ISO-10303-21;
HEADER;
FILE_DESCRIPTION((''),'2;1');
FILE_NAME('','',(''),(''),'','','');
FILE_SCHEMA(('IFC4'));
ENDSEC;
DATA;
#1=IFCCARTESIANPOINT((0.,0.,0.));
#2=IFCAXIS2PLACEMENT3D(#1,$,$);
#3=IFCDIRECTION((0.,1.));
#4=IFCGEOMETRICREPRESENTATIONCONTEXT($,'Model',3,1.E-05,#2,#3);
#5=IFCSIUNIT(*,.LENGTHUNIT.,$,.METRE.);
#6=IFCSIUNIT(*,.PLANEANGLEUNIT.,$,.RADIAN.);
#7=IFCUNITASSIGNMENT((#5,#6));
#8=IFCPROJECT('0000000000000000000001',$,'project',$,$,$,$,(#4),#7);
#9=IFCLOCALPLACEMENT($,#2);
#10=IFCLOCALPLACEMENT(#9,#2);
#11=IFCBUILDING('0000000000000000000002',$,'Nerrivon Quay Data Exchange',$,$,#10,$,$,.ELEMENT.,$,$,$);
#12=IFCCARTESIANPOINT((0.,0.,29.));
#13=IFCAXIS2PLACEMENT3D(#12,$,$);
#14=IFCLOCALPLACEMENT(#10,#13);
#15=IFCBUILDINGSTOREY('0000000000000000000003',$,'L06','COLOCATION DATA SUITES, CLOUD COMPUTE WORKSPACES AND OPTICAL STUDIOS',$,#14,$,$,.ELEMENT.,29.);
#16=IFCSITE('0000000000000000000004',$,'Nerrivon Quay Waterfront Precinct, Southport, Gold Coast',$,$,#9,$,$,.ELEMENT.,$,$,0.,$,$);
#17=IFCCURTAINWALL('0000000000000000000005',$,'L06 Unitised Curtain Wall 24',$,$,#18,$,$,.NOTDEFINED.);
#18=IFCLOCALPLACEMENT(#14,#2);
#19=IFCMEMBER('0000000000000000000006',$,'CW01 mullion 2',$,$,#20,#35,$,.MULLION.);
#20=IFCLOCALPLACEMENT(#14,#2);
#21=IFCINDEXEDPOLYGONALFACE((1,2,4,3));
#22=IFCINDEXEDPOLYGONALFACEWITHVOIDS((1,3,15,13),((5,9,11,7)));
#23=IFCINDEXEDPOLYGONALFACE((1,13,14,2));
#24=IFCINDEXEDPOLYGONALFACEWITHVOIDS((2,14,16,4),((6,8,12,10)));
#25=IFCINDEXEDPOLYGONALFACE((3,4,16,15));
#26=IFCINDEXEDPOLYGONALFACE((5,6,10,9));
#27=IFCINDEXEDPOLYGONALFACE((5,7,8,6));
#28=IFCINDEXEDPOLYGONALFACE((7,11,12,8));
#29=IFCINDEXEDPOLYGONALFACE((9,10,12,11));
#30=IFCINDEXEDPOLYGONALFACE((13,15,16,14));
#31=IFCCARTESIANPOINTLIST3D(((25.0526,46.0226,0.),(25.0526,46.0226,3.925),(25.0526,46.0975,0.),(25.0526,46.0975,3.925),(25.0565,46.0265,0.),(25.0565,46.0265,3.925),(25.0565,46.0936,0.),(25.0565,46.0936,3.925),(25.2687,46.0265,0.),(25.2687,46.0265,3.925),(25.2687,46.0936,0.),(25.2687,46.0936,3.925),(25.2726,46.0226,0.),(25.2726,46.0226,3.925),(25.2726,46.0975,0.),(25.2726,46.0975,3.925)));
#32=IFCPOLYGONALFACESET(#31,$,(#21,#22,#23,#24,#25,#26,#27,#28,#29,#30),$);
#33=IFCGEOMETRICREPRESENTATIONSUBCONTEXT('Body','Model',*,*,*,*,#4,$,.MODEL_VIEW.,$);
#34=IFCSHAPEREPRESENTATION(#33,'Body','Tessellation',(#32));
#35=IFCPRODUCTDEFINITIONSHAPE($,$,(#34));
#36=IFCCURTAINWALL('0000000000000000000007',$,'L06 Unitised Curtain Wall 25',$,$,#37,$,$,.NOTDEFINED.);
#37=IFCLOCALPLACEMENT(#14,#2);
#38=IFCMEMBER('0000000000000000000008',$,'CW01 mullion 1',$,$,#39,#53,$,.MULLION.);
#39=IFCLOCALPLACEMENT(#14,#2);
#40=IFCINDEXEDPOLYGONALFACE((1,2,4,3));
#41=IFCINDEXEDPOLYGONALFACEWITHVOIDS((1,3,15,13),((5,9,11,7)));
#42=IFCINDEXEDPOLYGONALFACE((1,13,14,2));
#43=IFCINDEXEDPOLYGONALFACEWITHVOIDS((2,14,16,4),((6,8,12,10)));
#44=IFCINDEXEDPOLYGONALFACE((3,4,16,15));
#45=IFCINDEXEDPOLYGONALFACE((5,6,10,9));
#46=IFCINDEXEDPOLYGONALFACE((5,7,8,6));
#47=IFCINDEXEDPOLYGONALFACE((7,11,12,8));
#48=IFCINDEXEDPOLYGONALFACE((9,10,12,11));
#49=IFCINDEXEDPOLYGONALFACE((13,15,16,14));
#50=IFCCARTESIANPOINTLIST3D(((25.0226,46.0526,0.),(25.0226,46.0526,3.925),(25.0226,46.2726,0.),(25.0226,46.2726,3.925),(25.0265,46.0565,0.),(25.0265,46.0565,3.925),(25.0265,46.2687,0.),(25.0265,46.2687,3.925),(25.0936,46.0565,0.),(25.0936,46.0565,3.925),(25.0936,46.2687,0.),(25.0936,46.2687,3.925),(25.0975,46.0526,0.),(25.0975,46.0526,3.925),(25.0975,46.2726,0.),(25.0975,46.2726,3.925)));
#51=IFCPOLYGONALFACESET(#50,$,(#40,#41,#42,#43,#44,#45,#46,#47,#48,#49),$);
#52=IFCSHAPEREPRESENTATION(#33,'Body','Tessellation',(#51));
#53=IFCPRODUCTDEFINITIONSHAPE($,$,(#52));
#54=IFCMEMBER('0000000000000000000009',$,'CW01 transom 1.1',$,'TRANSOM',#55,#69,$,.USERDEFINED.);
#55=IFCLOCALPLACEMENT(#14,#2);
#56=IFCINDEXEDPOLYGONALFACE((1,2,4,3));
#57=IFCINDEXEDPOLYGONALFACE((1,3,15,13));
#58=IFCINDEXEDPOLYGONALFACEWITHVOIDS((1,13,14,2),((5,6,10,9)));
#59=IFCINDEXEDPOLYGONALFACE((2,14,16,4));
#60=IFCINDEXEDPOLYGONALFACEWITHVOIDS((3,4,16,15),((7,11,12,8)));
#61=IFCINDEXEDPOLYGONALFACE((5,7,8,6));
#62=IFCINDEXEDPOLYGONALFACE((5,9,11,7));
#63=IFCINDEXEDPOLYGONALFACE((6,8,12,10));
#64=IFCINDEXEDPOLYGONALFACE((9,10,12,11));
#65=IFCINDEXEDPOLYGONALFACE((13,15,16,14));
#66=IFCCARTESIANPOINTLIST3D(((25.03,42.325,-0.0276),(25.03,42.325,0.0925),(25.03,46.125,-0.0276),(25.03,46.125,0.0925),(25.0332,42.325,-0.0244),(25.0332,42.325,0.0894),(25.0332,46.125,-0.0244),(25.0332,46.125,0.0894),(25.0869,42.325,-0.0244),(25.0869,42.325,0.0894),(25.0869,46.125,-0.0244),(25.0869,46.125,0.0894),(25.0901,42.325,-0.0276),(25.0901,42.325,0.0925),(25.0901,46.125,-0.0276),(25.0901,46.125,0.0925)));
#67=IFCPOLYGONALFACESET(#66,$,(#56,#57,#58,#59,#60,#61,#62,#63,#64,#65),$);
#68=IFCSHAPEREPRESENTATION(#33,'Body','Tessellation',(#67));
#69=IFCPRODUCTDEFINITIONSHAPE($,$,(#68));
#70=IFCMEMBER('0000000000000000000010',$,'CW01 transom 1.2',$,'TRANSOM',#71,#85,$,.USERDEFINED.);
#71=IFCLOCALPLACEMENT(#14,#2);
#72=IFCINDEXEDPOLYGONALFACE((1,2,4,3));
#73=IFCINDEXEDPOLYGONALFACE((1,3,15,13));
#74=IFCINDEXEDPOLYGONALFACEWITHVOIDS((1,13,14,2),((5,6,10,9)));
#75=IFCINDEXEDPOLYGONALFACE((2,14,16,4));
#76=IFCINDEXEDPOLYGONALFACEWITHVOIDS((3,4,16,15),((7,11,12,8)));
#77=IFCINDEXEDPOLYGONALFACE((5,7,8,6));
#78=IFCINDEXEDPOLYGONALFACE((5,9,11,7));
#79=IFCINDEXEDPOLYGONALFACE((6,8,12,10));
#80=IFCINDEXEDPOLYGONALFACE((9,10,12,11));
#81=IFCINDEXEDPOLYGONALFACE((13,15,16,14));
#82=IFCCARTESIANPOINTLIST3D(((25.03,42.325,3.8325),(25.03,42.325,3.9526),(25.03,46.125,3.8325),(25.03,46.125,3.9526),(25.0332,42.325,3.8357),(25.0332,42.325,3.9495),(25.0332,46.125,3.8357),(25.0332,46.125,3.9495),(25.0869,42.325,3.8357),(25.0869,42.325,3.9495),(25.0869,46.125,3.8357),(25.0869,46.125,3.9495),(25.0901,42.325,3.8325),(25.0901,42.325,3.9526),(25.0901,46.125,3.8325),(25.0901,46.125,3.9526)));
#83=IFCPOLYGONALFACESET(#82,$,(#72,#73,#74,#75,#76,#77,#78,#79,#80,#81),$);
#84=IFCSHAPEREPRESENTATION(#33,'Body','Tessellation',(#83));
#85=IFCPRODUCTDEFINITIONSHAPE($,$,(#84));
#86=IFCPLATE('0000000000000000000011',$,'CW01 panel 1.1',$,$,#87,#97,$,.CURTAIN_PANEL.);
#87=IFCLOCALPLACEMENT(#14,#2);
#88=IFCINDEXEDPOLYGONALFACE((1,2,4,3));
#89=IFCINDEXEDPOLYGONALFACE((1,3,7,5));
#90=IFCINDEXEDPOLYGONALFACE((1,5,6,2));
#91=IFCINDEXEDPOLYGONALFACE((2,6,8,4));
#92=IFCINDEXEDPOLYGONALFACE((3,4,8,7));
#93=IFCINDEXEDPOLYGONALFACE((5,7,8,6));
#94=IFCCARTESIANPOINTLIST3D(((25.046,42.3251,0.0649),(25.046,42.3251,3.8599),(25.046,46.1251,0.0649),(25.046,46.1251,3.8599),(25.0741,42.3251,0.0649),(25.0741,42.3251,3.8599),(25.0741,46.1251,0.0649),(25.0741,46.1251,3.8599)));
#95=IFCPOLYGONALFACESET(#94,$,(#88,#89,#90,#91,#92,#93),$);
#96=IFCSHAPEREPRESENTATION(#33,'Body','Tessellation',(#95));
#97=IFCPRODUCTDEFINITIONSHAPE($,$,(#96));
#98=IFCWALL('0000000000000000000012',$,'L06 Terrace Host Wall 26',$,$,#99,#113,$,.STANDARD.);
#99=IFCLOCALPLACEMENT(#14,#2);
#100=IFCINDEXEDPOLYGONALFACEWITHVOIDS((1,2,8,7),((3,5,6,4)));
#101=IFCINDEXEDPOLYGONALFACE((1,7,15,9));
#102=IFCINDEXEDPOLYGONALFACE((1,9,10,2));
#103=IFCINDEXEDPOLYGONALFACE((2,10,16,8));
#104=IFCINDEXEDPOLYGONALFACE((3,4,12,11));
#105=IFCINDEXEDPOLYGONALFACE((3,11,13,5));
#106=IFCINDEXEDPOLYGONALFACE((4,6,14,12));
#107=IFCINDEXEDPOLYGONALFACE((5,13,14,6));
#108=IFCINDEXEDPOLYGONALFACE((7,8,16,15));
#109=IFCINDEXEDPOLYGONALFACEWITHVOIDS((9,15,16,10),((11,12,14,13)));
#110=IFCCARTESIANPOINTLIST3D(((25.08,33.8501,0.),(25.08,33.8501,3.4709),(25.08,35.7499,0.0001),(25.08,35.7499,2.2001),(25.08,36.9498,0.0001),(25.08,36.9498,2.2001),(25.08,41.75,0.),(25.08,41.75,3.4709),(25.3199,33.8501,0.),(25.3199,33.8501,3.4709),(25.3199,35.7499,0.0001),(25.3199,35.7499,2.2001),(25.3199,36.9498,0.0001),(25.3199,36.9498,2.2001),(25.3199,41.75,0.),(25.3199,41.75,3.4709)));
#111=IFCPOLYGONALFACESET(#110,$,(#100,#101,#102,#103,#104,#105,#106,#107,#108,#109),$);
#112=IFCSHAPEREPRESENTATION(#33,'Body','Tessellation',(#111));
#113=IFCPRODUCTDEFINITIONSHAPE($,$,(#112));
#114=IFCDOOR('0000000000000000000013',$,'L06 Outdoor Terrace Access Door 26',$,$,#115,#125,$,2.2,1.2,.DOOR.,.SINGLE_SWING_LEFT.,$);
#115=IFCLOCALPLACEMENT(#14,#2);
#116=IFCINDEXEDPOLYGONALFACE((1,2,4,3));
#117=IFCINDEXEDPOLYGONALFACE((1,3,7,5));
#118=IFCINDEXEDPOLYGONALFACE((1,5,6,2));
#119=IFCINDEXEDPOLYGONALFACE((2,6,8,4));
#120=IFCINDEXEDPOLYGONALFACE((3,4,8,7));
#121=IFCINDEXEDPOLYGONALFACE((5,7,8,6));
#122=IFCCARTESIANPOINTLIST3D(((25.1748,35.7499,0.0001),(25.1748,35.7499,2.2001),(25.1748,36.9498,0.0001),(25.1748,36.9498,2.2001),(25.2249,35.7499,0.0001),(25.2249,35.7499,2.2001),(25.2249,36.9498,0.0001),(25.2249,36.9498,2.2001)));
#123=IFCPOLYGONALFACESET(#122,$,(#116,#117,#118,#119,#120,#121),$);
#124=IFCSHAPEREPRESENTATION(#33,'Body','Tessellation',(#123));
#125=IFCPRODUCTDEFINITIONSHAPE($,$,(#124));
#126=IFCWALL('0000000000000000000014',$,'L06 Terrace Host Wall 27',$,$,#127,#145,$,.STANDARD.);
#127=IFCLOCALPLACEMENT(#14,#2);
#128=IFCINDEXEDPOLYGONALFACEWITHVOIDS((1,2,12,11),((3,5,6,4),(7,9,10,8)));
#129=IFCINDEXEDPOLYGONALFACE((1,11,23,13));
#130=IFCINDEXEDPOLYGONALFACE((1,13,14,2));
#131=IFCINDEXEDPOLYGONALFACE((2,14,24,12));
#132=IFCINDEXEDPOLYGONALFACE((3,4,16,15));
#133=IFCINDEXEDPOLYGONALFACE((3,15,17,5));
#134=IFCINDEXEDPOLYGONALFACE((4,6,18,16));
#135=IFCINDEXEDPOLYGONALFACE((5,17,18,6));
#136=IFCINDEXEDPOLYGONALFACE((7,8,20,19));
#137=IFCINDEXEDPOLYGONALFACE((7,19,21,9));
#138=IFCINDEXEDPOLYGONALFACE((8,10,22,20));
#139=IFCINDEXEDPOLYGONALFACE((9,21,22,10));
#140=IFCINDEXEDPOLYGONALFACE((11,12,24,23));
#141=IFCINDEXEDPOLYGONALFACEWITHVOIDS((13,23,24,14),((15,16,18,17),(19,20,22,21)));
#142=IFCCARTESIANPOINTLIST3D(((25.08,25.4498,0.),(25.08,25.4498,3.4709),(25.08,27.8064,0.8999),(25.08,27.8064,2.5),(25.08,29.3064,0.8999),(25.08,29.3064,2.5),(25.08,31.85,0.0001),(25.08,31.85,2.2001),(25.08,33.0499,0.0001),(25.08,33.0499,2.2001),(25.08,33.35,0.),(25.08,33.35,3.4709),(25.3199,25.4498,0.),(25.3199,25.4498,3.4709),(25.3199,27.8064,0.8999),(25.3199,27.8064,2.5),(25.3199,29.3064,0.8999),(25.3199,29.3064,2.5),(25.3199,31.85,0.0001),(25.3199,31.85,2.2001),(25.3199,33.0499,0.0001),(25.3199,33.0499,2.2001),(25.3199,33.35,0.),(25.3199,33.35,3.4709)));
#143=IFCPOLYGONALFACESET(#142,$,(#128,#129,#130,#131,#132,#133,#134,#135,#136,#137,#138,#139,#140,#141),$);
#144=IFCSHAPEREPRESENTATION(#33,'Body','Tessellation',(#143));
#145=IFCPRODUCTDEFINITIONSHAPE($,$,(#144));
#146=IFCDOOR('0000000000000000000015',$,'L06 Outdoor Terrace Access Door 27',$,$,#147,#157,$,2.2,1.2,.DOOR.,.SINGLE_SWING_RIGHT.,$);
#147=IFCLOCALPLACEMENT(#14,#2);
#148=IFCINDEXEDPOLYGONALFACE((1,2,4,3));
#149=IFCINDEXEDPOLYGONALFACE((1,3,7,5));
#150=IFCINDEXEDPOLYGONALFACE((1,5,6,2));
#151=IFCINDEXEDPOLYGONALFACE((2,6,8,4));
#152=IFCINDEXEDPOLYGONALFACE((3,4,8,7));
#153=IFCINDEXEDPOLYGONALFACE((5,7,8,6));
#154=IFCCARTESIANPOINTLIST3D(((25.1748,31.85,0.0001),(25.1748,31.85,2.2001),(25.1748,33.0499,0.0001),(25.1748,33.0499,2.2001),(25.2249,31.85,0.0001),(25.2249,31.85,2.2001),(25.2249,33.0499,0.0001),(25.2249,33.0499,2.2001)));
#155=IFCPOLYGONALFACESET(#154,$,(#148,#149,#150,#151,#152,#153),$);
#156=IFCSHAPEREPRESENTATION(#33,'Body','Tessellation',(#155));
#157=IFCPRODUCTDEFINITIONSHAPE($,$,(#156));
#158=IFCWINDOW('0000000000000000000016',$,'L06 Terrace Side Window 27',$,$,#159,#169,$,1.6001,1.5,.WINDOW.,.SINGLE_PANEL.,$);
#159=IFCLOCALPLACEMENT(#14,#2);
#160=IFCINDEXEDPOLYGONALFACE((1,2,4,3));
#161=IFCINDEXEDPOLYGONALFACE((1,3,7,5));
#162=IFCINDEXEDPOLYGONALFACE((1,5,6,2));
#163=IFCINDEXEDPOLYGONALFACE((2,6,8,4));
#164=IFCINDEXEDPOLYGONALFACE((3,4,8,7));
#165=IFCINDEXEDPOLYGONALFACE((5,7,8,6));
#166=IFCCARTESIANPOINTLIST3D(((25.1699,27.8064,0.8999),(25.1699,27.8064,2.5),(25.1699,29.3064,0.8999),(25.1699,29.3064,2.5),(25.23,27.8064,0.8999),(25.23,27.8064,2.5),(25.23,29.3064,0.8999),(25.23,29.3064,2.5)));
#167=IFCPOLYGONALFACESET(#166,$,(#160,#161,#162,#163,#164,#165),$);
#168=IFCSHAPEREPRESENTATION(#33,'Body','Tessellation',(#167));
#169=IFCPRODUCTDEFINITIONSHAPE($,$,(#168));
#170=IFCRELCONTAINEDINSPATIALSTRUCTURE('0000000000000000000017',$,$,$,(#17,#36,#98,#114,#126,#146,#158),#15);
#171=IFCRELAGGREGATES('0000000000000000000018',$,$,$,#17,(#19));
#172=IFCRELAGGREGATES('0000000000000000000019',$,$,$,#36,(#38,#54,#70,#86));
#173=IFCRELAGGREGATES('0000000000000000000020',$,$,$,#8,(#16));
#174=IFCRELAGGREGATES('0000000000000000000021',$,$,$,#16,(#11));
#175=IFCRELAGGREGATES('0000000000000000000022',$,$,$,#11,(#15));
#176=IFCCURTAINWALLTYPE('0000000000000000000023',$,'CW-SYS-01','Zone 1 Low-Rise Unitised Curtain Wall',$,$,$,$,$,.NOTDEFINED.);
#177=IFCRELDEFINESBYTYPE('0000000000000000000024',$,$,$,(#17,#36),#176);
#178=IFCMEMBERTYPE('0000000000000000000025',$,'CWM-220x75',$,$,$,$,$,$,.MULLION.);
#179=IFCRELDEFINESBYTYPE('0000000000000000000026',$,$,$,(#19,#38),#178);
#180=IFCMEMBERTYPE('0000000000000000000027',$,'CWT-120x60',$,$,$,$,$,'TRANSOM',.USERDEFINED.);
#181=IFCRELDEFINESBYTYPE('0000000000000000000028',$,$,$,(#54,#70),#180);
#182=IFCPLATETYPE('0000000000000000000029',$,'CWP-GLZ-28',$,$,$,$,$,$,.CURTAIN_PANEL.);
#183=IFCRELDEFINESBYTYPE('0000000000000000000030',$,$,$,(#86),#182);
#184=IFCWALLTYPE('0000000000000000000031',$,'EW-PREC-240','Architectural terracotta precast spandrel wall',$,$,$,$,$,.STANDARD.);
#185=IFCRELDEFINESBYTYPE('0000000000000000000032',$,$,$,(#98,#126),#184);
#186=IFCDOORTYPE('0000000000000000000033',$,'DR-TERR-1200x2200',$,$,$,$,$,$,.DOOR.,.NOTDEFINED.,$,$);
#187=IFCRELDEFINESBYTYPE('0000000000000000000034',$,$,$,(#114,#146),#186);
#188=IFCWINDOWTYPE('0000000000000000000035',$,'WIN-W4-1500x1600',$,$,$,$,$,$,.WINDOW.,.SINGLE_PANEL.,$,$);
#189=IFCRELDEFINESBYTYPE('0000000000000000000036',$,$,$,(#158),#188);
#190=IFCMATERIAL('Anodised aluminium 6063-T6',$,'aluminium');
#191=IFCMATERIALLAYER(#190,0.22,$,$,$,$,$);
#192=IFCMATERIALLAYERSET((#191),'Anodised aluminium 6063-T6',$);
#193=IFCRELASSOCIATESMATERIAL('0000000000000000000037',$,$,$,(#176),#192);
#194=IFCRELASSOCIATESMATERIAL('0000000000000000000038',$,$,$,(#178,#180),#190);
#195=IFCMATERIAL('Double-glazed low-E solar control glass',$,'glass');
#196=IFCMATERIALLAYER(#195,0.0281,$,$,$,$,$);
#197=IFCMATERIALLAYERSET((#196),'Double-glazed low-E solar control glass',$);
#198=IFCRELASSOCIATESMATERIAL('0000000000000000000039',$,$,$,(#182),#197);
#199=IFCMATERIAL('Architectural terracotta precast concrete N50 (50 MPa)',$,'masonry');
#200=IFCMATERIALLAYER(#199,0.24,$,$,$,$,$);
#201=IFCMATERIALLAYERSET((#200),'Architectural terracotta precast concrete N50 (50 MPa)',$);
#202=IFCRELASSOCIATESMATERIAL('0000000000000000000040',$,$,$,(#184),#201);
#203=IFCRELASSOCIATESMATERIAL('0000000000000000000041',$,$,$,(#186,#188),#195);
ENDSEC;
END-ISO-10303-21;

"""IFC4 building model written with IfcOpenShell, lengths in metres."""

from ifc_helpers import new_model, si_unit, direction, frame, frame_2d, origin, origin_2d, place, context, subcontext, project, spatial, rectangle, hollow_rectangle, extrude, material, layer, layer_set, material_profile, profile_set, type_object, element, fill, aggregate, save


model = new_model("IFC4")

# Units and contexts
model_context = context("Model", 3, precision=1e-05, world=origin(), true_north=direction((0.0, 1.0)))
body_context = subcontext(model_context, "Body", "Model", "MODEL_VIEW")
ifc_project = project(units=[si_unit("LENGTHUNIT", "METRE"), si_unit("PLANEANGLEUNIT", "RADIAN")], contexts=[model_context])

# Site, building, storey
site_placement = place(None, origin())
site = spatial("IfcSite", under=ifc_project, at=site_placement, Name="Nerrivon Quay Waterfront Precinct, Southport, Gold Coast", CompositionType="ELEMENT", RefElevation=0.0)
building_placement = place(site_placement, origin())
building = spatial("IfcBuilding", under=site, at=building_placement, Name="Nerrivon Quay Data Exchange", CompositionType="ELEMENT")
storey_placement = place(building_placement, frame((0.0, 0.0, 29.0)))
storey = spatial("IfcBuildingStorey", under=building, at=storey_placement, Name="L06", Description="COLOCATION DATA SUITES, CLOUD COMPUTE WORKSPACES AND OPTICAL STUDIOS", CompositionType="ELEMENT", Elevation=29.0)

# Curtain wall, member
ifc_material_1 = material(Name="Anodised aluminium 6063-T6", Category="aluminium")
ifc_layer_1 = layer(ifc_material_1, 0.22)
ifc_layer_set_1 = layer_set([ifc_layer_1], Name="Anodised aluminium 6063-T6")
curtain_wall_type = type_object("IfcCurtainWallType", Name="CW-SYS-01", Description="Zone 1 Low-Rise Unitised Curtain Wall", PredefinedType="NOTDEFINED", material=ifc_layer_set_1)
curtain_wall_1_placement = place(storey_placement, origin())
curtain_wall_1 = element("IfcCurtainWall", 1, at=curtain_wall_1_placement, inside=storey, type_object=curtain_wall_type, Name="L06 Unitised Curtain Wall 24", PredefinedType="NOTDEFINED")
ifc_material_profile_1 = material_profile(ifc_material_1, hollow_rectangle(XDim=0.075, YDim=0.22, WallThickness=0.0039, at=origin_2d()), Name="ALU-MULL-220x75")
ifc_profile_set_1 = profile_set([ifc_material_profile_1], Name="Anodised aluminium 6063-T6")
member_type_1 = type_object("IfcMemberType", Name="CWM-220x75", PredefinedType="MULLION", material=ifc_profile_set_1)
member_1_placement = place(storey_placement, frame((25.1626, 46.0601, 0.0), z_axis=(0.0, 0.0, 1.0), x_axis=(0.0, 1.0, 0.0)))
member_1 = element("IfcMember", 2, at=member_1_placement, type_object=member_type_1, Name="CW01 mullion 2", PredefinedType="MULLION", context=body_context, shape_type="SweptSolid", body=[
    extrude(hollow_rectangle(XDim=0.075, YDim=0.22, WallThickness=0.0039, at=origin_2d()), origin(), (0.0, 0.0, 1.0), 3.925),
])
aggregate(curtain_wall_1, [member_1])

# Curtain wall, members, plate
curtain_wall_2_placement = place(storey_placement, origin())
curtain_wall_2 = element("IfcCurtainWall", 3, at=curtain_wall_2_placement, inside=storey, type_object=curtain_wall_type, Name="L06 Unitised Curtain Wall 25", PredefinedType="NOTDEFINED")
member_2_placement = place(storey_placement, frame((25.0601, 46.1626, 0.0), z_axis=(0.0, 0.0, 1.0), x_axis=(1.0, 0.0, 0.0)))
member_2 = element("IfcMember", 4, at=member_2_placement, type_object=member_type_1, Name="CW01 mullion 1", PredefinedType="MULLION", context=body_context, shape_type="SweptSolid", body=[
    extrude(hollow_rectangle(XDim=0.075, YDim=0.22, WallThickness=0.0039, at=origin_2d()), origin(), (0.0, 0.0, 1.0), 3.925),
])
ifc_material_profile_2 = material_profile(ifc_material_1, hollow_rectangle(XDim=0.0601, YDim=0.1201, WallThickness=0.0032, at=origin_2d()), Name="ALU-TRAN-120x60")
ifc_profile_set_2 = profile_set([ifc_material_profile_2], Name="Anodised aluminium 6063-T6")
member_type_2 = type_object("IfcMemberType", Name="CWT-120x60", ElementType="TRANSOM", PredefinedType="USERDEFINED", material=ifc_profile_set_2)
member_3_placement = place(storey_placement, frame((25.0601, 46.125, 0.0325), z_axis=(0.0, -1.0, 0.0), x_axis=(1.0, 0.0, 0.0)))
member_3 = element("IfcMember", 5, at=member_3_placement, type_object=member_type_2, Name="CW01 transom 1.1", ObjectType="TRANSOM", PredefinedType="USERDEFINED", context=body_context, shape_type="SweptSolid", body=[
    extrude(hollow_rectangle(XDim=0.0601, YDim=0.1201, WallThickness=0.0032, at=origin_2d()), origin(), (0.0, 0.0, 1.0), 3.8),
])
member_4_placement = place(storey_placement, frame((25.0601, 46.125, 3.8926), z_axis=(0.0, -1.0, 0.0), x_axis=(1.0, 0.0, 0.0)))
member_4 = element("IfcMember", 6, at=member_4_placement, type_object=member_type_2, Name="CW01 transom 1.2", ObjectType="TRANSOM", PredefinedType="USERDEFINED", context=body_context, shape_type="SweptSolid", body=[
    extrude(hollow_rectangle(XDim=0.0601, YDim=0.1201, WallThickness=0.0032, at=origin_2d()), origin(), (0.0, 0.0, 1.0), 3.8),
])
ifc_material_2 = material(Name="Double-glazed low-E solar control glass", Category="glass")
ifc_layer_2 = layer(ifc_material_2, 0.0281)
ifc_layer_set_2 = layer_set([ifc_layer_2], Name="Double-glazed low-E solar control glass")
plate_type = type_object("IfcPlateType", Name="CWP-GLZ-28", PredefinedType="CURTAIN_PANEL", material=ifc_layer_set_2)
plate_placement = place(storey_placement, frame((25.0601, 44.2251, 0.0649), z_axis=(0.0, 0.0, 1.0), x_axis=(0.0, -1.0, 0.0)))
plate = element("IfcPlate", 7, at=plate_placement, type_object=plate_type, Name="CW01 panel 1.1", PredefinedType="CURTAIN_PANEL", context=body_context, shape_type="SweptSolid", body=[
    extrude(rectangle(XDim=3.8, YDim=0.0281, at=origin_2d()), origin(), (0.0, 0.0, 1.0), 3.7949),
])
aggregate(curtain_wall_2, [member_2, member_3, member_4, plate])

# Wall, opening, door
ifc_material_3 = material(Name="Architectural terracotta precast concrete N50 (50 MPa)", Category="masonry")
ifc_layer_3 = layer(ifc_material_3, 0.24)
ifc_layer_set_3 = layer_set([ifc_layer_3], Name="Architectural terracotta precast concrete N50 (50 MPa)")
wall_type_1 = type_object("IfcWallType", Name="EW-PREC-240", Description="Architectural terracotta precast spandrel wall", PredefinedType="STANDARD", material=ifc_layer_set_3)
wall_1_placement = place(storey_placement, frame((25.2, 41.75, 0.0), z_axis=(0.0, 0.0, 1.0), x_axis=(0.0, -1.0, 0.0)))
wall_1 = element("IfcWall", 8, at=wall_1_placement, inside=storey, type_object=wall_type_1, Name="L06 Terrace Host Wall 26", PredefinedType="STANDARD", context=body_context, shape_type="SweptSolid", body=[
    extrude(rectangle(XDim=7.8999, YDim=0.24, at=frame_2d((3.95, 0.0))), origin(), (0.0, 0.0, 1.0), 3.4709),
])
opening_1_placement = place(wall_1_placement, frame((4.8, 0.0, 0.0)))
opening_1 = element("IfcOpeningElement", 9, at=opening_1_placement, cuts=wall_1, PredefinedType="OPENING", context=body_context, shape_type="SweptSolid", body=[
    extrude(rectangle(XDim=1.2, YDim=2.2, at=frame_2d((0.6001, 1.1001))), frame((0.0, 0.1299, 0.0), z_axis=(0.0, -1.0, 0.0), x_axis=(1.0, 0.0, 0.0)), (0.0, 0.0, 1.0), 0.26),
])
door_type = type_object("IfcDoorType", Name="DR-TERR-1200x2200", OperationType="NOTDEFINED", PredefinedType="DOOR", material=ifc_material_2)
door_1_placement = place(opening_1_placement, origin())
door_1 = element("IfcDoor", 10, at=door_1_placement, inside=storey, type_object=door_type, Name="L06 Outdoor Terrace Access Door 26", OperationType="SINGLE_SWING_LEFT", OverallHeight=2.2, OverallWidth=1.2, PredefinedType="DOOR", context=body_context, shape_type="SweptSolid", body=[
    extrude(rectangle(XDim=1.2, YDim=2.2, at=frame_2d((0.6001, 1.1001))), frame((0.0, 0.0249, 0.0), z_axis=(0.0, -1.0, 0.0), x_axis=(1.0, 0.0, 0.0)), (0.0, 0.0, 1.0), 0.05),
])
fill(opening_1, door_1)

# Wall, openings, door, window
wall_2_placement = place(storey_placement, frame((25.2, 33.3501, 0.0), z_axis=(0.0, 0.0, 1.0), x_axis=(0.0, -1.0, 0.0)))
wall_2 = element("IfcWall", 11, at=wall_2_placement, inside=storey, type_object=wall_type_1, Name="L06 Terrace Host Wall 27", PredefinedType="STANDARD", context=body_context, shape_type="SweptSolid", body=[
    extrude(rectangle(XDim=7.9001, YDim=0.24, at=frame_2d((3.9502, 0.0))), origin(), (0.0, 0.0, 1.0), 3.4709),
])
opening_2_placement = place(wall_2_placement, frame((0.3, 0.0, 0.0)))
opening_2 = element("IfcOpeningElement", 12, at=opening_2_placement, cuts=wall_2, PredefinedType="OPENING", context=body_context, shape_type="SweptSolid", body=[
    extrude(rectangle(XDim=1.2, YDim=2.2, at=frame_2d((0.6001, 1.1001))), frame((0.0, 0.1299, 0.0), z_axis=(0.0, -1.0, 0.0), x_axis=(1.0, 0.0, 0.0)), (0.0, 0.0, 1.0), 0.26),
])
opening_3_placement = place(wall_2_placement, frame((4.0437, 0.0, 0.8999)))
opening_3 = element("IfcOpeningElement", 13, at=opening_3_placement, cuts=wall_2, PredefinedType="OPENING", context=body_context, shape_type="SweptSolid", body=[
    extrude(rectangle(XDim=1.5, YDim=1.6001, at=frame_2d((0.75, 0.8))), frame((0.0, 0.1299, 0.0), z_axis=(0.0, -1.0, 0.0), x_axis=(1.0, 0.0, 0.0)), (0.0, 0.0, 1.0), 0.26),
])
door_2_placement = place(opening_2_placement, origin())
door_2 = element("IfcDoor", 14, at=door_2_placement, inside=storey, type_object=door_type, Name="L06 Outdoor Terrace Access Door 27", OperationType="SINGLE_SWING_RIGHT", OverallHeight=2.2, OverallWidth=1.2, PredefinedType="DOOR", context=body_context, shape_type="SweptSolid", body=[
    extrude(rectangle(XDim=1.2, YDim=2.2, at=frame_2d((0.6001, 1.1001))), frame((0.0, 0.0249, 0.0), z_axis=(0.0, -1.0, 0.0), x_axis=(1.0, 0.0, 0.0)), (0.0, 0.0, 1.0), 0.05),
])
fill(opening_2, door_2)
window_type = type_object("IfcWindowType", Name="WIN-W4-1500x1600", PartitioningType="SINGLE_PANEL", PredefinedType="WINDOW", material=ifc_material_2)
window_placement = place(opening_3_placement, origin())
window = element("IfcWindow", 15, at=window_placement, inside=storey, type_object=window_type, Name="L06 Terrace Side Window 27", OverallHeight=1.6001, OverallWidth=1.5, PartitioningType="SINGLE_PANEL", PredefinedType="WINDOW", context=body_context, shape_type="SweptSolid", body=[
    extrude(rectangle(XDim=1.5, YDim=1.6001, at=frame_2d((0.75, 0.8))), frame((0.0, 0.03, 0.0), z_axis=(0.0, -1.0, 0.0), x_axis=(1.0, 0.0, 0.0)), (0.0, 0.0, 1.0), 0.0601),
])
fill(opening_3, window)

save(model, "model.ifc")
